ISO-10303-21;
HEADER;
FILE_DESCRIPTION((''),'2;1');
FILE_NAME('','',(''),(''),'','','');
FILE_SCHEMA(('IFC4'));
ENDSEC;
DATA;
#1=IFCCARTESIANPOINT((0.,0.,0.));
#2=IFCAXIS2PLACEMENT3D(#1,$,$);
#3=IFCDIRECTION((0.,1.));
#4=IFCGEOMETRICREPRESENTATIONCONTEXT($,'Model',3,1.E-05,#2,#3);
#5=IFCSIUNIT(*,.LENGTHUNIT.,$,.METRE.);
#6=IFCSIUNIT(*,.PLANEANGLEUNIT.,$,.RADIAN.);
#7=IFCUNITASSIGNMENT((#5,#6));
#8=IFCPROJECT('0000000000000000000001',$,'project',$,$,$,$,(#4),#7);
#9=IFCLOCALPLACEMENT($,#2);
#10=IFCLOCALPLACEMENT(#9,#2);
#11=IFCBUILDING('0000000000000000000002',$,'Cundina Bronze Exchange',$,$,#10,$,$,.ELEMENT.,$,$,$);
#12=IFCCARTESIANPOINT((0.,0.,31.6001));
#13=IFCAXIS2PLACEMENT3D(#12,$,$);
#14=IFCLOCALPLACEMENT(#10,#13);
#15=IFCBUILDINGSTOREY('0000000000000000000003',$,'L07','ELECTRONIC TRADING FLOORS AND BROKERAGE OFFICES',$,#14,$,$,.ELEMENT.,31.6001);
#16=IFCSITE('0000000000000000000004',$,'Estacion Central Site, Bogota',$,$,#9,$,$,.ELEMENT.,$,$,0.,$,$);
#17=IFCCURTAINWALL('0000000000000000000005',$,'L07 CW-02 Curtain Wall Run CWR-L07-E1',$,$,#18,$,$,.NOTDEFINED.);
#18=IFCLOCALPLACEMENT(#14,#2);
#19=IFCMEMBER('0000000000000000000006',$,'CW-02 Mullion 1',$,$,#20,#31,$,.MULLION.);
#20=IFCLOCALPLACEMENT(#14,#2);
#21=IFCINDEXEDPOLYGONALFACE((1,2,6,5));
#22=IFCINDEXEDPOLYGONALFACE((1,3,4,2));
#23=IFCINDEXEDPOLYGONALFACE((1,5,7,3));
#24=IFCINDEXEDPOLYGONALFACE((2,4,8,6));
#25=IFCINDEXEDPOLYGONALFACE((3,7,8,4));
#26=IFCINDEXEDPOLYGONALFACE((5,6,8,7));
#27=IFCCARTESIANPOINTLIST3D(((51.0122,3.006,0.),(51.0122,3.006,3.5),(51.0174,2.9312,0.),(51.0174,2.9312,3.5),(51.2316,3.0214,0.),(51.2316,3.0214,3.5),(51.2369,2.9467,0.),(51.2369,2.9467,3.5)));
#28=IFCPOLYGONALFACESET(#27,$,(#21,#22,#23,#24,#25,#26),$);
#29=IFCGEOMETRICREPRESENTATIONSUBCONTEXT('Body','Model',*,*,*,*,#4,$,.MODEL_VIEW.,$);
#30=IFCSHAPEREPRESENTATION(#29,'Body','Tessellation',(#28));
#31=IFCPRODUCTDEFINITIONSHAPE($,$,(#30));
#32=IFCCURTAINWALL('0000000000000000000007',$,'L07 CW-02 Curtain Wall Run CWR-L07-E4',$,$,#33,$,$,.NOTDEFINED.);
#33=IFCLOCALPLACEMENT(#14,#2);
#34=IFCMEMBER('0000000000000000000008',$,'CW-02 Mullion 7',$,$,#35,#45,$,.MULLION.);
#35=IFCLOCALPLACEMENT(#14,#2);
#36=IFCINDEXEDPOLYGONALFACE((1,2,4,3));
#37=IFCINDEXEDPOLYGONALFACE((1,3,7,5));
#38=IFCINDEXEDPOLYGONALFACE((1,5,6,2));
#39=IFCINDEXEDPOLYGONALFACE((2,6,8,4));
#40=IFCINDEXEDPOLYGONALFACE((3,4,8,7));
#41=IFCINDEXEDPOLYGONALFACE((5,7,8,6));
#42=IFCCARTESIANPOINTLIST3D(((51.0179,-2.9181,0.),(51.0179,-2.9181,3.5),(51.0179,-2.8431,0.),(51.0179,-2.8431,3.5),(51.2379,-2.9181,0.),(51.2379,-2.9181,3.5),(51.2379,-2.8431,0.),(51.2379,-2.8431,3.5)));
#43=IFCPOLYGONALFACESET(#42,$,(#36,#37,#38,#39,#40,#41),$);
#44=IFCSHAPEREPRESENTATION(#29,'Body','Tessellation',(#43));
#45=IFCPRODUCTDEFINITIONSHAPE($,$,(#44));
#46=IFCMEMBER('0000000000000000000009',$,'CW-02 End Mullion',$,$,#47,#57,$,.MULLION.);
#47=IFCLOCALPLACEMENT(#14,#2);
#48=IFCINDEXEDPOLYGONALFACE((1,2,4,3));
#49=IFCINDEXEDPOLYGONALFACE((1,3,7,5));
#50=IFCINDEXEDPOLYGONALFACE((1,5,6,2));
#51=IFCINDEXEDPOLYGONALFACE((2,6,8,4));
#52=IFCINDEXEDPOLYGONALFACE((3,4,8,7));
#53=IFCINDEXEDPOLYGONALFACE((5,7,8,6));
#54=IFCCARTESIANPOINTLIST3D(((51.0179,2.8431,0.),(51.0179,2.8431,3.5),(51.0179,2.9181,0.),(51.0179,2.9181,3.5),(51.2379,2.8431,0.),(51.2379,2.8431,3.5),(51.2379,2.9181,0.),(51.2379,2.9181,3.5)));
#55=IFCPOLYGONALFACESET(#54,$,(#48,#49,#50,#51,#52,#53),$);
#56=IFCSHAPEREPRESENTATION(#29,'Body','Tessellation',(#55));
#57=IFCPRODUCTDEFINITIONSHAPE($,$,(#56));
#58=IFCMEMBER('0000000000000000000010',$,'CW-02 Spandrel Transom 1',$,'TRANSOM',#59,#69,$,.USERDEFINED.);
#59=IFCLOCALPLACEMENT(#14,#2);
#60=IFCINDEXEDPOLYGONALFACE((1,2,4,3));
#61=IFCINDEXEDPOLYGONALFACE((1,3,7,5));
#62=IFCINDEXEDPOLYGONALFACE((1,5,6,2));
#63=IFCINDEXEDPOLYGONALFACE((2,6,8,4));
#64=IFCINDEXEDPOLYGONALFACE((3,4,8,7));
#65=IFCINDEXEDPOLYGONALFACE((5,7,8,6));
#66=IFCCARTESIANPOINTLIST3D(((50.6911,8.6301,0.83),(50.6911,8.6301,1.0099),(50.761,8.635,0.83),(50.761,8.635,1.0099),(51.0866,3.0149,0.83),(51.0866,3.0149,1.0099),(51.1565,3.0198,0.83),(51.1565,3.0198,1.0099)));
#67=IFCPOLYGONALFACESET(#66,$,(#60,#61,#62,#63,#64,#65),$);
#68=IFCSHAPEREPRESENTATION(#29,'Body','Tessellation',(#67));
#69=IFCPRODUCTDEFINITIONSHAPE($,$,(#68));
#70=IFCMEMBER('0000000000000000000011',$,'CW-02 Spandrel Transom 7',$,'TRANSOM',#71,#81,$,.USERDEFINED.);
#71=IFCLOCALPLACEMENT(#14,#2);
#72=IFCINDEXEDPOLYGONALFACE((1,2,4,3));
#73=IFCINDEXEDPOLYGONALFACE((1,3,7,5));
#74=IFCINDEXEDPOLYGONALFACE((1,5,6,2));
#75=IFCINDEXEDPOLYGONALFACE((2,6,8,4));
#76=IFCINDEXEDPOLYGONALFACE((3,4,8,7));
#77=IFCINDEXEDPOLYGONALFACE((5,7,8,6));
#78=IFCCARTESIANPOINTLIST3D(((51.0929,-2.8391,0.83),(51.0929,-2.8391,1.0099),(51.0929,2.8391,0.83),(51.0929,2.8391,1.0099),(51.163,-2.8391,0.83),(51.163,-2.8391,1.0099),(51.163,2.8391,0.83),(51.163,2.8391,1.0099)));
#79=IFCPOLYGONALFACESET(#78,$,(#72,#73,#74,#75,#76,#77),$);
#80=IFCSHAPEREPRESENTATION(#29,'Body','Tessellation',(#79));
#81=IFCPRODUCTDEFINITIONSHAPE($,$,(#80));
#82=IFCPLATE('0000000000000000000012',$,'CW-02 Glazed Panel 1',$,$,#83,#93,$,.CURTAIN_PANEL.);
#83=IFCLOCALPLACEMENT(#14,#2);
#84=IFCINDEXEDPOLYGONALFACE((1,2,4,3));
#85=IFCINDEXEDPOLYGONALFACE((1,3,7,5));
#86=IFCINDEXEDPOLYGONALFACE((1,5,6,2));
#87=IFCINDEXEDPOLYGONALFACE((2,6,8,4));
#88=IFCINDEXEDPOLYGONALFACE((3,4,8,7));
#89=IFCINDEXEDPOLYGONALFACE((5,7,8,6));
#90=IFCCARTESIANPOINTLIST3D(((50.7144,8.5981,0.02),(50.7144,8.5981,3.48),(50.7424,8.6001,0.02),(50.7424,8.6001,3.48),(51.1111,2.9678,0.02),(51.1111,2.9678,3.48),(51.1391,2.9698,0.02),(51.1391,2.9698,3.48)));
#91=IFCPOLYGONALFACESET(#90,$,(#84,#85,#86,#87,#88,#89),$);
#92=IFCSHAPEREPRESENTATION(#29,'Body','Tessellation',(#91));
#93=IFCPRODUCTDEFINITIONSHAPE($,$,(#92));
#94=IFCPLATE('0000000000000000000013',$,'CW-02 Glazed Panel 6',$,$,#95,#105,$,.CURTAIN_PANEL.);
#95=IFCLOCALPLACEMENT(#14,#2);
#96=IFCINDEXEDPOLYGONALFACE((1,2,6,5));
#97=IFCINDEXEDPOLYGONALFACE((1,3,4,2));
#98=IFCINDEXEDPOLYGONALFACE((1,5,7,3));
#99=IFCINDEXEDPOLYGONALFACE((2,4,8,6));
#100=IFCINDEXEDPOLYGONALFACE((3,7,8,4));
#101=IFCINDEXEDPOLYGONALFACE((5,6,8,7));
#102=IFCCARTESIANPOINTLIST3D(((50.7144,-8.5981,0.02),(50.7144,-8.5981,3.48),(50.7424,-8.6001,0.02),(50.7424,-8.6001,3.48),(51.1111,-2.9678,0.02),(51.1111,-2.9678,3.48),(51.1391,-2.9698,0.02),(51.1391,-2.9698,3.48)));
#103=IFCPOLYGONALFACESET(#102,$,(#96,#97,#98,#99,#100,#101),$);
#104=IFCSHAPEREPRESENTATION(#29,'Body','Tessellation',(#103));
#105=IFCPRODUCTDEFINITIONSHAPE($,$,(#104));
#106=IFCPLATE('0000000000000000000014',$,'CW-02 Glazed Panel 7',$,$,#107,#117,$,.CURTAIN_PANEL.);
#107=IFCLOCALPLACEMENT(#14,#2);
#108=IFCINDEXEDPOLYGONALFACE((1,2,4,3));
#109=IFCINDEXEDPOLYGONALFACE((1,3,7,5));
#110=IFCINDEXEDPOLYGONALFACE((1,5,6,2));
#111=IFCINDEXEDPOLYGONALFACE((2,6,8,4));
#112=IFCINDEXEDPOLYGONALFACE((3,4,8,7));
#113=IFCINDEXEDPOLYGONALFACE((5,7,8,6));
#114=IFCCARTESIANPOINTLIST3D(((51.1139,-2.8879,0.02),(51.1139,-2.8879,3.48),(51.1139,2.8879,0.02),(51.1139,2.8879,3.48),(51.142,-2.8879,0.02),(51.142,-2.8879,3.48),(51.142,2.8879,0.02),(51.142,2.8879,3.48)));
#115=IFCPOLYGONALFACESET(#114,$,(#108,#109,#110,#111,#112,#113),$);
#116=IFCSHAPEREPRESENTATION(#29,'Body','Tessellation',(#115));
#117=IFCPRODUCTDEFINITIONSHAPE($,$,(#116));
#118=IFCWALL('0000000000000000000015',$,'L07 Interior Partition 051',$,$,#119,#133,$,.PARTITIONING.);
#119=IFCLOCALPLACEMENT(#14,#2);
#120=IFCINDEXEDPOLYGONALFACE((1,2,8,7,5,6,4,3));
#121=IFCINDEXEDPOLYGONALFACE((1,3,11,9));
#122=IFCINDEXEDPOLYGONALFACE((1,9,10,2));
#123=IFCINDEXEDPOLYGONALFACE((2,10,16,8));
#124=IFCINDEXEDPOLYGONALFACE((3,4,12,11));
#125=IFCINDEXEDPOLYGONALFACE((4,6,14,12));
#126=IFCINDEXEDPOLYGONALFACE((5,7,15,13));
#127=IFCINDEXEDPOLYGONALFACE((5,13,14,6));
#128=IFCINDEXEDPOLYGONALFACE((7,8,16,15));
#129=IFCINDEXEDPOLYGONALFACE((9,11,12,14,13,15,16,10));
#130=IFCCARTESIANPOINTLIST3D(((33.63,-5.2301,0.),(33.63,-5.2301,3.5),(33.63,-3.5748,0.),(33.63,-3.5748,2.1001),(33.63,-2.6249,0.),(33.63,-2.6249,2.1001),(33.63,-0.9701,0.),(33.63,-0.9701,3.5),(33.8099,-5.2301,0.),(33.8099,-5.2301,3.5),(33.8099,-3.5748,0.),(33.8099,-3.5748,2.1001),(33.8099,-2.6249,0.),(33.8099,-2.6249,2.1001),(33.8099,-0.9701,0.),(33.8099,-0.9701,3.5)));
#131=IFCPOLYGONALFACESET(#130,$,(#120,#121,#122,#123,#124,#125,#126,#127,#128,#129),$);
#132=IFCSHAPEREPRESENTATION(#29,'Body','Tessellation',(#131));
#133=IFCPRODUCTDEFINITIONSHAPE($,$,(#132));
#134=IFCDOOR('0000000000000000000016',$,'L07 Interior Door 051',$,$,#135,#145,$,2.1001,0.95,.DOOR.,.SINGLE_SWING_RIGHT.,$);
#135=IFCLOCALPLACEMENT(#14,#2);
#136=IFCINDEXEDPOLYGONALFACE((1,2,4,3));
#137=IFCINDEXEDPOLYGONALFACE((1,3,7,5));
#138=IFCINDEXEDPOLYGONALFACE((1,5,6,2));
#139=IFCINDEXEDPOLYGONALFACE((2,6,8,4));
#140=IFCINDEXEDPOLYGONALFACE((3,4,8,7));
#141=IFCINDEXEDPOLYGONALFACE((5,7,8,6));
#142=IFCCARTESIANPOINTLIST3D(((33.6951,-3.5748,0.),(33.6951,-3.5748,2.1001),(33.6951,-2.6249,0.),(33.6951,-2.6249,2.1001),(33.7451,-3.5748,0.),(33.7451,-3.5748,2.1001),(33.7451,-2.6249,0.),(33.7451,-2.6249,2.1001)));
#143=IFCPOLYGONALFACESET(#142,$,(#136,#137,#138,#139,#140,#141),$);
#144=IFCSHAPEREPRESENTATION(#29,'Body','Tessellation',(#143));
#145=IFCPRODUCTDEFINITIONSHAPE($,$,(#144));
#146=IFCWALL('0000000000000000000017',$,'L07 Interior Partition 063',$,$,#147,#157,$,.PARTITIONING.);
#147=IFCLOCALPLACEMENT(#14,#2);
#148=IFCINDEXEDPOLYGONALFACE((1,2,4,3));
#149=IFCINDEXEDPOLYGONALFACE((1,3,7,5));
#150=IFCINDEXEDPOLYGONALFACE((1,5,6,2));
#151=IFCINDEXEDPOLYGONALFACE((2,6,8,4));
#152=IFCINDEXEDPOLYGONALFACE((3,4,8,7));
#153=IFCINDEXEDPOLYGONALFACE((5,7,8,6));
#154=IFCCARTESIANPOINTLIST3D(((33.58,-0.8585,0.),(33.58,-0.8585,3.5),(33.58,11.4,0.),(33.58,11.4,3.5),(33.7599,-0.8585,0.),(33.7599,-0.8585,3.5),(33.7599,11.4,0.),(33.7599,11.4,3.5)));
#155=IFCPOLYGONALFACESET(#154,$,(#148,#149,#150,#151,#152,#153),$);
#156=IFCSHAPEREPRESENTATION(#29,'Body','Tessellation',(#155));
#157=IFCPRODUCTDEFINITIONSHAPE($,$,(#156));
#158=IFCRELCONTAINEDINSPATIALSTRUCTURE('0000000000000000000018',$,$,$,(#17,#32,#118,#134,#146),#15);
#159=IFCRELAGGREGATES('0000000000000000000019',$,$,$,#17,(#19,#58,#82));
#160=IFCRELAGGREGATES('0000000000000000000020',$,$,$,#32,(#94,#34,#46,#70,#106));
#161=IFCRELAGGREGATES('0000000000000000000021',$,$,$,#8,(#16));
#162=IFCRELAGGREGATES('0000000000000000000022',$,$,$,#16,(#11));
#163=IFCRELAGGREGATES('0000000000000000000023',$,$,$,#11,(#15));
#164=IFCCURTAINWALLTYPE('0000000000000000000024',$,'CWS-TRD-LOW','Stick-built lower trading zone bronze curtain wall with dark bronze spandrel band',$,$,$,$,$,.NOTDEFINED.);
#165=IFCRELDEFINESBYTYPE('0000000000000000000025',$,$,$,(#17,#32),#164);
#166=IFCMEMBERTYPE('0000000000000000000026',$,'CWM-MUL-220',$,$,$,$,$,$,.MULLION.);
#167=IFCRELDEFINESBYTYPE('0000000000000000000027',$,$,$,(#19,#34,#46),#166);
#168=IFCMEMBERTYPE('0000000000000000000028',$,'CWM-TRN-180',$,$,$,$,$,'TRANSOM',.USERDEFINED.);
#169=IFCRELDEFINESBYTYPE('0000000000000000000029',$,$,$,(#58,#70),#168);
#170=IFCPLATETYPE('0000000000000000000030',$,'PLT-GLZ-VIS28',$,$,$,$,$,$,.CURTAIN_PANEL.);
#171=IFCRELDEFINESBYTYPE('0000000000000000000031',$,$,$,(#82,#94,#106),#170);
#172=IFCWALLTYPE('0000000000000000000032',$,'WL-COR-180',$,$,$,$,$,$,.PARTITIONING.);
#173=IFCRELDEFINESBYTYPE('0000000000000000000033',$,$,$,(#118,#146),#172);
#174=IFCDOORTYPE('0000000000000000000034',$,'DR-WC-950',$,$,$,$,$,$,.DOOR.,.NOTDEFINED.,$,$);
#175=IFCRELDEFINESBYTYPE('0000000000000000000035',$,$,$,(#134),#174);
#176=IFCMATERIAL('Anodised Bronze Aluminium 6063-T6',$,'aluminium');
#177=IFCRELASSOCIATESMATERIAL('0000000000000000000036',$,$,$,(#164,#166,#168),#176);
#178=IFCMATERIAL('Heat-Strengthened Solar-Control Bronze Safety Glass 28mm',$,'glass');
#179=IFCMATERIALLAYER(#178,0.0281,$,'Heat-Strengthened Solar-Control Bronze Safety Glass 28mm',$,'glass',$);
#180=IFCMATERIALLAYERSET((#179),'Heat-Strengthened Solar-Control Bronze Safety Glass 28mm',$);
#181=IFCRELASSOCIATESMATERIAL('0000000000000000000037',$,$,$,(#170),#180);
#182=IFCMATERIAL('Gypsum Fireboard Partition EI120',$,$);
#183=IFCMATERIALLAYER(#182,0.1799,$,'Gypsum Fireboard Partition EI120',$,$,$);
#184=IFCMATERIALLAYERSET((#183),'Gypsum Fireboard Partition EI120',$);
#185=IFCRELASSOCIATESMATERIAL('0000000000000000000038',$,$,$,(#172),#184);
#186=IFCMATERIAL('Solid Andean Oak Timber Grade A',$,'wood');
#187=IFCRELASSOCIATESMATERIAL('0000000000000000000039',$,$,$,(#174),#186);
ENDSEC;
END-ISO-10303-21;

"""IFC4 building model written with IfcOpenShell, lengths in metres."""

from ifc_helpers import new_model, si_unit, direction, frame, frame_2d, origin, origin_2d, place, context, subcontext, project, spatial, rectangle, extrude, material, layer, layer_set, material_profile, profile_set, type_object, element, fill, aggregate, save


model = new_model("IFC4")

# Units and contexts
model_context = context("Model", 3, precision=1e-05, world=origin(), true_north=direction((0.0, 1.0)))
body_context = subcontext(model_context, "Body", "Model", "MODEL_VIEW")
ifc_project = project(units=[si_unit("LENGTHUNIT", "METRE"), si_unit("PLANEANGLEUNIT", "RADIAN")], contexts=[model_context])

# Site, building, storey
site_placement = place(None, origin())
site = spatial("IfcSite", under=ifc_project, at=site_placement, Name="Estacion Central Site, Bogota", CompositionType="ELEMENT", RefElevation=0.0)
building_placement = place(site_placement, origin())
building = spatial("IfcBuilding", under=site, at=building_placement, Name="Cundina Bronze Exchange", CompositionType="ELEMENT")
storey_placement = place(building_placement, frame((0.0, 0.0, 31.6001)))
storey = spatial("IfcBuildingStorey", under=building, at=storey_placement, Name="L07", Description="ELECTRONIC TRADING FLOORS AND BROKERAGE OFFICES", CompositionType="ELEMENT", Elevation=31.6001)

# Curtain wall, member
ifc_material_1 = material(Name="Anodised Bronze Aluminium 6063-T6", Category="aluminium")
curtain_wall_type = type_object("IfcCurtainWallType", Name="CWS-TRD-LOW", Description="Stick-built lower trading zone bronze curtain wall with dark bronze spandrel band", PredefinedType="NOTDEFINED", material=ifc_material_1)
curtain_wall_1_placement = place(storey_placement, origin())
curtain_wall_1 = element("IfcCurtainWall", 1, at=curtain_wall_1_placement, inside=storey, type_object=curtain_wall_type, Name="L07 CW-02 Curtain Wall Run CWR-L07-E1", PredefinedType="NOTDEFINED")
ifc_material_profile_1 = material_profile(ifc_material_1, rectangle(XDim=0.075, YDim=0.22, at=origin_2d()), Name="AL75X220", Category="aluminium")
ifc_profile_set_1 = profile_set([ifc_material_profile_1], Name="Anodised Bronze Aluminium 6063-T6")
member_type_1 = type_object("IfcMemberType", Name="CWM-MUL-220", PredefinedType="MULLION", material=ifc_profile_set_1)
member_1_placement = place(storey_placement, frame((51.1245, 2.9763, 0.0), z_axis=(0.0, 0.0, 1.0), x_axis=(-0.070279, 0.997527, 0.0)))
member_1 = element("IfcMember", 2, at=member_1_placement, type_object=member_type_1, Name="CW-02 Mullion 1", PredefinedType="MULLION", context=body_context, shape_type="SweptSolid", body=[
    extrude(rectangle(XDim=0.075, YDim=0.22, at=origin_2d()), origin(), (0.0, 0.0, 1.0), 3.5),
])

# Curtain wall, members
curtain_wall_2_placement = place(storey_placement, origin())
curtain_wall_2 = element("IfcCurtainWall", 3, at=curtain_wall_2_placement, inside=storey, type_object=curtain_wall_type, Name="L07 CW-02 Curtain Wall Run CWR-L07-E4", PredefinedType="NOTDEFINED")
member_2_placement = place(storey_placement, frame((51.1279, -2.8806, 0.0), z_axis=(0.0, 0.0, 1.0), x_axis=(0.0, 1.0, 0.0)))
member_2 = element("IfcMember", 4, at=member_2_placement, type_object=member_type_1, Name="CW-02 Mullion 7", PredefinedType="MULLION", context=body_context, shape_type="SweptSolid", body=[
    extrude(rectangle(XDim=0.075, YDim=0.22, at=origin_2d()), origin(), (0.0, 0.0, 1.0), 3.5),
])
member_3_placement = place(storey_placement, frame((51.1279, 2.8806, 0.0), z_axis=(0.0, 0.0, 1.0), x_axis=(0.0, 1.0, 0.0)))
member_3 = element("IfcMember", 5, at=member_3_placement, type_object=member_type_1, Name="CW-02 End Mullion", PredefinedType="MULLION", context=body_context, shape_type="SweptSolid", body=[
    extrude(rectangle(XDim=0.075, YDim=0.22, at=origin_2d()), origin(), (0.0, 0.0, 1.0), 3.5),
])

# Members
ifc_material_profile_2 = material_profile(ifc_material_1, rectangle(XDim=0.0701, YDim=0.1799, at=origin_2d()), Name="AL70X180", Category="aluminium")
ifc_profile_set_2 = profile_set([ifc_material_profile_2], Name="Anodised Bronze Aluminium 6063-T6")
member_type_2 = type_object("IfcMemberType", Name="CWM-TRN-180", ElementType="TRANSOM", PredefinedType="USERDEFINED", material=ifc_profile_set_2)
member_4_placement = place(storey_placement, frame((51.1216, 3.0173, 0.9199), z_axis=(-0.070261, 0.997529, 0.0), x_axis=(-0.997529, -0.070261, 0.0)))
member_4 = element("IfcMember", 6, at=member_4_placement, type_object=member_type_2, Name="CW-02 Spandrel Transom 1", ObjectType="TRANSOM", PredefinedType="USERDEFINED", context=body_context, shape_type="SweptSolid", body=[
    extrude(rectangle(XDim=0.0701, YDim=0.1799, at=origin_2d()), origin(), (0.0, 0.0, 1.0), 5.6292),
])
member_5_placement = place(storey_placement, frame((51.1279, -2.8391, 0.9199), z_axis=(0.0, 1.0, 0.0), x_axis=(-1.0, 0.0, 0.0)))
member_5 = element("IfcMember", 7, at=member_5_placement, type_object=member_type_2, Name="CW-02 Spandrel Transom 7", ObjectType="TRANSOM", PredefinedType="USERDEFINED", context=body_context, shape_type="SweptSolid", body=[
    extrude(rectangle(XDim=0.0701, YDim=0.1799, at=origin_2d()), origin(), (0.0, 0.0, 1.0), 5.6782),
])

# Plates
ifc_material_2 = material(Name="Heat-Strengthened Solar-Control Bronze Safety Glass 28mm", Category="glass")
ifc_layer_1 = layer(ifc_material_2, 0.0281, Name="Heat-Strengthened Solar-Control Bronze Safety Glass 28mm", Category="glass")
ifc_layer_set_1 = layer_set([ifc_layer_1], Name="Heat-Strengthened Solar-Control Bronze Safety Glass 28mm")
plate_type = type_object("IfcPlateType", Name="PLT-GLZ-VIS28", PredefinedType="CURTAIN_PANEL", material=ifc_layer_set_1)
plate_1_placement = place(storey_placement, frame((50.9268, 5.7839, 0.02), z_axis=(0.0, 0.0, 1.0), x_axis=(-0.070279, 0.997527, 0.0)))
plate_1 = element("IfcPlate", 8, at=plate_1_placement, type_object=plate_type, Name="CW-02 Glazed Panel 1", PredefinedType="CURTAIN_PANEL", context=body_context, shape_type="SweptSolid", body=[
    extrude(rectangle(XDim=5.6443, YDim=0.0281, at=origin_2d()), origin(), (0.0, 0.0, 1.0), 3.46),
])
aggregate(curtain_wall_1, [member_1, member_4, plate_1])
plate_2_placement = place(storey_placement, frame((50.9268, -5.7839, 0.02), z_axis=(0.0, 0.0, 1.0), x_axis=(0.070279, 0.997527, 0.0)))
plate_2 = element("IfcPlate", 9, at=plate_2_placement, type_object=plate_type, Name="CW-02 Glazed Panel 6", PredefinedType="CURTAIN_PANEL", context=body_context, shape_type="SweptSolid", body=[
    extrude(rectangle(XDim=5.6443, YDim=0.0281, at=origin_2d()), origin(), (0.0, 0.0, 1.0), 3.46),
])
plate_3_placement = place(storey_placement, frame((51.1279, 0.0, 0.02), z_axis=(0.0, 0.0, 1.0), x_axis=(0.0, 1.0, 0.0)))
plate_3 = element("IfcPlate", 10, at=plate_3_placement, type_object=plate_type, Name="CW-02 Glazed Panel 7", PredefinedType="CURTAIN_PANEL", context=body_context, shape_type="SweptSolid", body=[
    extrude(rectangle(XDim=5.7759, YDim=0.0281, at=origin_2d()), origin(), (0.0, 0.0, 1.0), 3.46),
])
aggregate(curtain_wall_2, [plate_2, member_2, member_3, member_5, plate_3])

# Wall, opening, door
ifc_material_3 = material(Name="Gypsum Fireboard Partition EI120")
ifc_layer_2 = layer(ifc_material_3, 0.1799, Name="Gypsum Fireboard Partition EI120")
ifc_layer_set_2 = layer_set([ifc_layer_2], Name="Gypsum Fireboard Partition EI120")
wall_type_1 = type_object("IfcWallType", Name="WL-COR-180", PredefinedType="PARTITIONING", material=ifc_layer_set_2)
wall_1_placement = place(storey_placement, frame((33.72, -5.23, 0.0), z_axis=(0.0, 0.0, 1.0), x_axis=(0.0, 1.0, 0.0)))
wall_1 = element("IfcWall", 11, at=wall_1_placement, inside=storey, type_object=wall_type_1, Name="L07 Interior Partition 051", PredefinedType="PARTITIONING", context=body_context, shape_type="SweptSolid", body=[
    extrude(rectangle(XDim=4.26, YDim=0.1799, at=frame_2d((2.1299, 0.0))), origin(), (0.0, 0.0, 1.0), 3.5),
])
opening_1_placement = place(wall_1_placement, frame((1.655, 0.0, 0.0)))
opening_1 = element("IfcOpeningElement", 12, at=opening_1_placement, cuts=wall_1, PredefinedType="OPENING", context=body_context, shape_type="SweptSolid", body=[
    extrude(rectangle(XDim=0.95, YDim=2.1001, at=frame_2d((0.4751, 1.05))), frame((0.0, 0.0999, 0.0), z_axis=(0.0, -1.0, 0.0), x_axis=(1.0, 0.0, 0.0)), (0.0, 0.0, 1.0), 0.2),
])
ifc_material_4 = material(Name="Solid Andean Oak Timber Grade A", Category="wood")
door_type_1 = type_object("IfcDoorType", Name="DR-WC-950", OperationType="NOTDEFINED", PredefinedType="DOOR", material=ifc_material_4)
door_1_placement = place(opening_1_placement, origin())
door_1 = element("IfcDoor", 13, at=door_1_placement, inside=storey, type_object=door_type_1, Name="L07 Interior Door 051", OperationType="SINGLE_SWING_RIGHT", OverallHeight=2.1001, OverallWidth=0.95, PredefinedType="DOOR", context=body_context, shape_type="SweptSolid", body=[
    extrude(rectangle(XDim=0.95, YDim=2.1001, at=frame_2d((0.4751, 1.05))), frame((0.0, 0.0249, 0.0), z_axis=(0.0, -1.0, 0.0), x_axis=(1.0, 0.0, 0.0)), (0.0, 0.0, 1.0), 0.05),
])
fill(opening_1, door_1)

# Wall
wall_2_placement = place(storey_placement, frame((33.6699, -0.8586, 0.0), z_axis=(0.0, 0.0, 1.0), x_axis=(0.0, 1.0, 0.0)))
element("IfcWall", 14, at=wall_2_placement, inside=storey, type_object=wall_type_1, Name="L07 Interior Partition 063", PredefinedType="PARTITIONING", context=body_context, shape_type="SweptSolid", body=[
    extrude(rectangle(XDim=12.2585, YDim=0.1799, at=frame_2d((6.1294, 0.0))), origin(), (0.0, 0.0, 1.0), 3.5),
])

save(model, "model.ifc")
